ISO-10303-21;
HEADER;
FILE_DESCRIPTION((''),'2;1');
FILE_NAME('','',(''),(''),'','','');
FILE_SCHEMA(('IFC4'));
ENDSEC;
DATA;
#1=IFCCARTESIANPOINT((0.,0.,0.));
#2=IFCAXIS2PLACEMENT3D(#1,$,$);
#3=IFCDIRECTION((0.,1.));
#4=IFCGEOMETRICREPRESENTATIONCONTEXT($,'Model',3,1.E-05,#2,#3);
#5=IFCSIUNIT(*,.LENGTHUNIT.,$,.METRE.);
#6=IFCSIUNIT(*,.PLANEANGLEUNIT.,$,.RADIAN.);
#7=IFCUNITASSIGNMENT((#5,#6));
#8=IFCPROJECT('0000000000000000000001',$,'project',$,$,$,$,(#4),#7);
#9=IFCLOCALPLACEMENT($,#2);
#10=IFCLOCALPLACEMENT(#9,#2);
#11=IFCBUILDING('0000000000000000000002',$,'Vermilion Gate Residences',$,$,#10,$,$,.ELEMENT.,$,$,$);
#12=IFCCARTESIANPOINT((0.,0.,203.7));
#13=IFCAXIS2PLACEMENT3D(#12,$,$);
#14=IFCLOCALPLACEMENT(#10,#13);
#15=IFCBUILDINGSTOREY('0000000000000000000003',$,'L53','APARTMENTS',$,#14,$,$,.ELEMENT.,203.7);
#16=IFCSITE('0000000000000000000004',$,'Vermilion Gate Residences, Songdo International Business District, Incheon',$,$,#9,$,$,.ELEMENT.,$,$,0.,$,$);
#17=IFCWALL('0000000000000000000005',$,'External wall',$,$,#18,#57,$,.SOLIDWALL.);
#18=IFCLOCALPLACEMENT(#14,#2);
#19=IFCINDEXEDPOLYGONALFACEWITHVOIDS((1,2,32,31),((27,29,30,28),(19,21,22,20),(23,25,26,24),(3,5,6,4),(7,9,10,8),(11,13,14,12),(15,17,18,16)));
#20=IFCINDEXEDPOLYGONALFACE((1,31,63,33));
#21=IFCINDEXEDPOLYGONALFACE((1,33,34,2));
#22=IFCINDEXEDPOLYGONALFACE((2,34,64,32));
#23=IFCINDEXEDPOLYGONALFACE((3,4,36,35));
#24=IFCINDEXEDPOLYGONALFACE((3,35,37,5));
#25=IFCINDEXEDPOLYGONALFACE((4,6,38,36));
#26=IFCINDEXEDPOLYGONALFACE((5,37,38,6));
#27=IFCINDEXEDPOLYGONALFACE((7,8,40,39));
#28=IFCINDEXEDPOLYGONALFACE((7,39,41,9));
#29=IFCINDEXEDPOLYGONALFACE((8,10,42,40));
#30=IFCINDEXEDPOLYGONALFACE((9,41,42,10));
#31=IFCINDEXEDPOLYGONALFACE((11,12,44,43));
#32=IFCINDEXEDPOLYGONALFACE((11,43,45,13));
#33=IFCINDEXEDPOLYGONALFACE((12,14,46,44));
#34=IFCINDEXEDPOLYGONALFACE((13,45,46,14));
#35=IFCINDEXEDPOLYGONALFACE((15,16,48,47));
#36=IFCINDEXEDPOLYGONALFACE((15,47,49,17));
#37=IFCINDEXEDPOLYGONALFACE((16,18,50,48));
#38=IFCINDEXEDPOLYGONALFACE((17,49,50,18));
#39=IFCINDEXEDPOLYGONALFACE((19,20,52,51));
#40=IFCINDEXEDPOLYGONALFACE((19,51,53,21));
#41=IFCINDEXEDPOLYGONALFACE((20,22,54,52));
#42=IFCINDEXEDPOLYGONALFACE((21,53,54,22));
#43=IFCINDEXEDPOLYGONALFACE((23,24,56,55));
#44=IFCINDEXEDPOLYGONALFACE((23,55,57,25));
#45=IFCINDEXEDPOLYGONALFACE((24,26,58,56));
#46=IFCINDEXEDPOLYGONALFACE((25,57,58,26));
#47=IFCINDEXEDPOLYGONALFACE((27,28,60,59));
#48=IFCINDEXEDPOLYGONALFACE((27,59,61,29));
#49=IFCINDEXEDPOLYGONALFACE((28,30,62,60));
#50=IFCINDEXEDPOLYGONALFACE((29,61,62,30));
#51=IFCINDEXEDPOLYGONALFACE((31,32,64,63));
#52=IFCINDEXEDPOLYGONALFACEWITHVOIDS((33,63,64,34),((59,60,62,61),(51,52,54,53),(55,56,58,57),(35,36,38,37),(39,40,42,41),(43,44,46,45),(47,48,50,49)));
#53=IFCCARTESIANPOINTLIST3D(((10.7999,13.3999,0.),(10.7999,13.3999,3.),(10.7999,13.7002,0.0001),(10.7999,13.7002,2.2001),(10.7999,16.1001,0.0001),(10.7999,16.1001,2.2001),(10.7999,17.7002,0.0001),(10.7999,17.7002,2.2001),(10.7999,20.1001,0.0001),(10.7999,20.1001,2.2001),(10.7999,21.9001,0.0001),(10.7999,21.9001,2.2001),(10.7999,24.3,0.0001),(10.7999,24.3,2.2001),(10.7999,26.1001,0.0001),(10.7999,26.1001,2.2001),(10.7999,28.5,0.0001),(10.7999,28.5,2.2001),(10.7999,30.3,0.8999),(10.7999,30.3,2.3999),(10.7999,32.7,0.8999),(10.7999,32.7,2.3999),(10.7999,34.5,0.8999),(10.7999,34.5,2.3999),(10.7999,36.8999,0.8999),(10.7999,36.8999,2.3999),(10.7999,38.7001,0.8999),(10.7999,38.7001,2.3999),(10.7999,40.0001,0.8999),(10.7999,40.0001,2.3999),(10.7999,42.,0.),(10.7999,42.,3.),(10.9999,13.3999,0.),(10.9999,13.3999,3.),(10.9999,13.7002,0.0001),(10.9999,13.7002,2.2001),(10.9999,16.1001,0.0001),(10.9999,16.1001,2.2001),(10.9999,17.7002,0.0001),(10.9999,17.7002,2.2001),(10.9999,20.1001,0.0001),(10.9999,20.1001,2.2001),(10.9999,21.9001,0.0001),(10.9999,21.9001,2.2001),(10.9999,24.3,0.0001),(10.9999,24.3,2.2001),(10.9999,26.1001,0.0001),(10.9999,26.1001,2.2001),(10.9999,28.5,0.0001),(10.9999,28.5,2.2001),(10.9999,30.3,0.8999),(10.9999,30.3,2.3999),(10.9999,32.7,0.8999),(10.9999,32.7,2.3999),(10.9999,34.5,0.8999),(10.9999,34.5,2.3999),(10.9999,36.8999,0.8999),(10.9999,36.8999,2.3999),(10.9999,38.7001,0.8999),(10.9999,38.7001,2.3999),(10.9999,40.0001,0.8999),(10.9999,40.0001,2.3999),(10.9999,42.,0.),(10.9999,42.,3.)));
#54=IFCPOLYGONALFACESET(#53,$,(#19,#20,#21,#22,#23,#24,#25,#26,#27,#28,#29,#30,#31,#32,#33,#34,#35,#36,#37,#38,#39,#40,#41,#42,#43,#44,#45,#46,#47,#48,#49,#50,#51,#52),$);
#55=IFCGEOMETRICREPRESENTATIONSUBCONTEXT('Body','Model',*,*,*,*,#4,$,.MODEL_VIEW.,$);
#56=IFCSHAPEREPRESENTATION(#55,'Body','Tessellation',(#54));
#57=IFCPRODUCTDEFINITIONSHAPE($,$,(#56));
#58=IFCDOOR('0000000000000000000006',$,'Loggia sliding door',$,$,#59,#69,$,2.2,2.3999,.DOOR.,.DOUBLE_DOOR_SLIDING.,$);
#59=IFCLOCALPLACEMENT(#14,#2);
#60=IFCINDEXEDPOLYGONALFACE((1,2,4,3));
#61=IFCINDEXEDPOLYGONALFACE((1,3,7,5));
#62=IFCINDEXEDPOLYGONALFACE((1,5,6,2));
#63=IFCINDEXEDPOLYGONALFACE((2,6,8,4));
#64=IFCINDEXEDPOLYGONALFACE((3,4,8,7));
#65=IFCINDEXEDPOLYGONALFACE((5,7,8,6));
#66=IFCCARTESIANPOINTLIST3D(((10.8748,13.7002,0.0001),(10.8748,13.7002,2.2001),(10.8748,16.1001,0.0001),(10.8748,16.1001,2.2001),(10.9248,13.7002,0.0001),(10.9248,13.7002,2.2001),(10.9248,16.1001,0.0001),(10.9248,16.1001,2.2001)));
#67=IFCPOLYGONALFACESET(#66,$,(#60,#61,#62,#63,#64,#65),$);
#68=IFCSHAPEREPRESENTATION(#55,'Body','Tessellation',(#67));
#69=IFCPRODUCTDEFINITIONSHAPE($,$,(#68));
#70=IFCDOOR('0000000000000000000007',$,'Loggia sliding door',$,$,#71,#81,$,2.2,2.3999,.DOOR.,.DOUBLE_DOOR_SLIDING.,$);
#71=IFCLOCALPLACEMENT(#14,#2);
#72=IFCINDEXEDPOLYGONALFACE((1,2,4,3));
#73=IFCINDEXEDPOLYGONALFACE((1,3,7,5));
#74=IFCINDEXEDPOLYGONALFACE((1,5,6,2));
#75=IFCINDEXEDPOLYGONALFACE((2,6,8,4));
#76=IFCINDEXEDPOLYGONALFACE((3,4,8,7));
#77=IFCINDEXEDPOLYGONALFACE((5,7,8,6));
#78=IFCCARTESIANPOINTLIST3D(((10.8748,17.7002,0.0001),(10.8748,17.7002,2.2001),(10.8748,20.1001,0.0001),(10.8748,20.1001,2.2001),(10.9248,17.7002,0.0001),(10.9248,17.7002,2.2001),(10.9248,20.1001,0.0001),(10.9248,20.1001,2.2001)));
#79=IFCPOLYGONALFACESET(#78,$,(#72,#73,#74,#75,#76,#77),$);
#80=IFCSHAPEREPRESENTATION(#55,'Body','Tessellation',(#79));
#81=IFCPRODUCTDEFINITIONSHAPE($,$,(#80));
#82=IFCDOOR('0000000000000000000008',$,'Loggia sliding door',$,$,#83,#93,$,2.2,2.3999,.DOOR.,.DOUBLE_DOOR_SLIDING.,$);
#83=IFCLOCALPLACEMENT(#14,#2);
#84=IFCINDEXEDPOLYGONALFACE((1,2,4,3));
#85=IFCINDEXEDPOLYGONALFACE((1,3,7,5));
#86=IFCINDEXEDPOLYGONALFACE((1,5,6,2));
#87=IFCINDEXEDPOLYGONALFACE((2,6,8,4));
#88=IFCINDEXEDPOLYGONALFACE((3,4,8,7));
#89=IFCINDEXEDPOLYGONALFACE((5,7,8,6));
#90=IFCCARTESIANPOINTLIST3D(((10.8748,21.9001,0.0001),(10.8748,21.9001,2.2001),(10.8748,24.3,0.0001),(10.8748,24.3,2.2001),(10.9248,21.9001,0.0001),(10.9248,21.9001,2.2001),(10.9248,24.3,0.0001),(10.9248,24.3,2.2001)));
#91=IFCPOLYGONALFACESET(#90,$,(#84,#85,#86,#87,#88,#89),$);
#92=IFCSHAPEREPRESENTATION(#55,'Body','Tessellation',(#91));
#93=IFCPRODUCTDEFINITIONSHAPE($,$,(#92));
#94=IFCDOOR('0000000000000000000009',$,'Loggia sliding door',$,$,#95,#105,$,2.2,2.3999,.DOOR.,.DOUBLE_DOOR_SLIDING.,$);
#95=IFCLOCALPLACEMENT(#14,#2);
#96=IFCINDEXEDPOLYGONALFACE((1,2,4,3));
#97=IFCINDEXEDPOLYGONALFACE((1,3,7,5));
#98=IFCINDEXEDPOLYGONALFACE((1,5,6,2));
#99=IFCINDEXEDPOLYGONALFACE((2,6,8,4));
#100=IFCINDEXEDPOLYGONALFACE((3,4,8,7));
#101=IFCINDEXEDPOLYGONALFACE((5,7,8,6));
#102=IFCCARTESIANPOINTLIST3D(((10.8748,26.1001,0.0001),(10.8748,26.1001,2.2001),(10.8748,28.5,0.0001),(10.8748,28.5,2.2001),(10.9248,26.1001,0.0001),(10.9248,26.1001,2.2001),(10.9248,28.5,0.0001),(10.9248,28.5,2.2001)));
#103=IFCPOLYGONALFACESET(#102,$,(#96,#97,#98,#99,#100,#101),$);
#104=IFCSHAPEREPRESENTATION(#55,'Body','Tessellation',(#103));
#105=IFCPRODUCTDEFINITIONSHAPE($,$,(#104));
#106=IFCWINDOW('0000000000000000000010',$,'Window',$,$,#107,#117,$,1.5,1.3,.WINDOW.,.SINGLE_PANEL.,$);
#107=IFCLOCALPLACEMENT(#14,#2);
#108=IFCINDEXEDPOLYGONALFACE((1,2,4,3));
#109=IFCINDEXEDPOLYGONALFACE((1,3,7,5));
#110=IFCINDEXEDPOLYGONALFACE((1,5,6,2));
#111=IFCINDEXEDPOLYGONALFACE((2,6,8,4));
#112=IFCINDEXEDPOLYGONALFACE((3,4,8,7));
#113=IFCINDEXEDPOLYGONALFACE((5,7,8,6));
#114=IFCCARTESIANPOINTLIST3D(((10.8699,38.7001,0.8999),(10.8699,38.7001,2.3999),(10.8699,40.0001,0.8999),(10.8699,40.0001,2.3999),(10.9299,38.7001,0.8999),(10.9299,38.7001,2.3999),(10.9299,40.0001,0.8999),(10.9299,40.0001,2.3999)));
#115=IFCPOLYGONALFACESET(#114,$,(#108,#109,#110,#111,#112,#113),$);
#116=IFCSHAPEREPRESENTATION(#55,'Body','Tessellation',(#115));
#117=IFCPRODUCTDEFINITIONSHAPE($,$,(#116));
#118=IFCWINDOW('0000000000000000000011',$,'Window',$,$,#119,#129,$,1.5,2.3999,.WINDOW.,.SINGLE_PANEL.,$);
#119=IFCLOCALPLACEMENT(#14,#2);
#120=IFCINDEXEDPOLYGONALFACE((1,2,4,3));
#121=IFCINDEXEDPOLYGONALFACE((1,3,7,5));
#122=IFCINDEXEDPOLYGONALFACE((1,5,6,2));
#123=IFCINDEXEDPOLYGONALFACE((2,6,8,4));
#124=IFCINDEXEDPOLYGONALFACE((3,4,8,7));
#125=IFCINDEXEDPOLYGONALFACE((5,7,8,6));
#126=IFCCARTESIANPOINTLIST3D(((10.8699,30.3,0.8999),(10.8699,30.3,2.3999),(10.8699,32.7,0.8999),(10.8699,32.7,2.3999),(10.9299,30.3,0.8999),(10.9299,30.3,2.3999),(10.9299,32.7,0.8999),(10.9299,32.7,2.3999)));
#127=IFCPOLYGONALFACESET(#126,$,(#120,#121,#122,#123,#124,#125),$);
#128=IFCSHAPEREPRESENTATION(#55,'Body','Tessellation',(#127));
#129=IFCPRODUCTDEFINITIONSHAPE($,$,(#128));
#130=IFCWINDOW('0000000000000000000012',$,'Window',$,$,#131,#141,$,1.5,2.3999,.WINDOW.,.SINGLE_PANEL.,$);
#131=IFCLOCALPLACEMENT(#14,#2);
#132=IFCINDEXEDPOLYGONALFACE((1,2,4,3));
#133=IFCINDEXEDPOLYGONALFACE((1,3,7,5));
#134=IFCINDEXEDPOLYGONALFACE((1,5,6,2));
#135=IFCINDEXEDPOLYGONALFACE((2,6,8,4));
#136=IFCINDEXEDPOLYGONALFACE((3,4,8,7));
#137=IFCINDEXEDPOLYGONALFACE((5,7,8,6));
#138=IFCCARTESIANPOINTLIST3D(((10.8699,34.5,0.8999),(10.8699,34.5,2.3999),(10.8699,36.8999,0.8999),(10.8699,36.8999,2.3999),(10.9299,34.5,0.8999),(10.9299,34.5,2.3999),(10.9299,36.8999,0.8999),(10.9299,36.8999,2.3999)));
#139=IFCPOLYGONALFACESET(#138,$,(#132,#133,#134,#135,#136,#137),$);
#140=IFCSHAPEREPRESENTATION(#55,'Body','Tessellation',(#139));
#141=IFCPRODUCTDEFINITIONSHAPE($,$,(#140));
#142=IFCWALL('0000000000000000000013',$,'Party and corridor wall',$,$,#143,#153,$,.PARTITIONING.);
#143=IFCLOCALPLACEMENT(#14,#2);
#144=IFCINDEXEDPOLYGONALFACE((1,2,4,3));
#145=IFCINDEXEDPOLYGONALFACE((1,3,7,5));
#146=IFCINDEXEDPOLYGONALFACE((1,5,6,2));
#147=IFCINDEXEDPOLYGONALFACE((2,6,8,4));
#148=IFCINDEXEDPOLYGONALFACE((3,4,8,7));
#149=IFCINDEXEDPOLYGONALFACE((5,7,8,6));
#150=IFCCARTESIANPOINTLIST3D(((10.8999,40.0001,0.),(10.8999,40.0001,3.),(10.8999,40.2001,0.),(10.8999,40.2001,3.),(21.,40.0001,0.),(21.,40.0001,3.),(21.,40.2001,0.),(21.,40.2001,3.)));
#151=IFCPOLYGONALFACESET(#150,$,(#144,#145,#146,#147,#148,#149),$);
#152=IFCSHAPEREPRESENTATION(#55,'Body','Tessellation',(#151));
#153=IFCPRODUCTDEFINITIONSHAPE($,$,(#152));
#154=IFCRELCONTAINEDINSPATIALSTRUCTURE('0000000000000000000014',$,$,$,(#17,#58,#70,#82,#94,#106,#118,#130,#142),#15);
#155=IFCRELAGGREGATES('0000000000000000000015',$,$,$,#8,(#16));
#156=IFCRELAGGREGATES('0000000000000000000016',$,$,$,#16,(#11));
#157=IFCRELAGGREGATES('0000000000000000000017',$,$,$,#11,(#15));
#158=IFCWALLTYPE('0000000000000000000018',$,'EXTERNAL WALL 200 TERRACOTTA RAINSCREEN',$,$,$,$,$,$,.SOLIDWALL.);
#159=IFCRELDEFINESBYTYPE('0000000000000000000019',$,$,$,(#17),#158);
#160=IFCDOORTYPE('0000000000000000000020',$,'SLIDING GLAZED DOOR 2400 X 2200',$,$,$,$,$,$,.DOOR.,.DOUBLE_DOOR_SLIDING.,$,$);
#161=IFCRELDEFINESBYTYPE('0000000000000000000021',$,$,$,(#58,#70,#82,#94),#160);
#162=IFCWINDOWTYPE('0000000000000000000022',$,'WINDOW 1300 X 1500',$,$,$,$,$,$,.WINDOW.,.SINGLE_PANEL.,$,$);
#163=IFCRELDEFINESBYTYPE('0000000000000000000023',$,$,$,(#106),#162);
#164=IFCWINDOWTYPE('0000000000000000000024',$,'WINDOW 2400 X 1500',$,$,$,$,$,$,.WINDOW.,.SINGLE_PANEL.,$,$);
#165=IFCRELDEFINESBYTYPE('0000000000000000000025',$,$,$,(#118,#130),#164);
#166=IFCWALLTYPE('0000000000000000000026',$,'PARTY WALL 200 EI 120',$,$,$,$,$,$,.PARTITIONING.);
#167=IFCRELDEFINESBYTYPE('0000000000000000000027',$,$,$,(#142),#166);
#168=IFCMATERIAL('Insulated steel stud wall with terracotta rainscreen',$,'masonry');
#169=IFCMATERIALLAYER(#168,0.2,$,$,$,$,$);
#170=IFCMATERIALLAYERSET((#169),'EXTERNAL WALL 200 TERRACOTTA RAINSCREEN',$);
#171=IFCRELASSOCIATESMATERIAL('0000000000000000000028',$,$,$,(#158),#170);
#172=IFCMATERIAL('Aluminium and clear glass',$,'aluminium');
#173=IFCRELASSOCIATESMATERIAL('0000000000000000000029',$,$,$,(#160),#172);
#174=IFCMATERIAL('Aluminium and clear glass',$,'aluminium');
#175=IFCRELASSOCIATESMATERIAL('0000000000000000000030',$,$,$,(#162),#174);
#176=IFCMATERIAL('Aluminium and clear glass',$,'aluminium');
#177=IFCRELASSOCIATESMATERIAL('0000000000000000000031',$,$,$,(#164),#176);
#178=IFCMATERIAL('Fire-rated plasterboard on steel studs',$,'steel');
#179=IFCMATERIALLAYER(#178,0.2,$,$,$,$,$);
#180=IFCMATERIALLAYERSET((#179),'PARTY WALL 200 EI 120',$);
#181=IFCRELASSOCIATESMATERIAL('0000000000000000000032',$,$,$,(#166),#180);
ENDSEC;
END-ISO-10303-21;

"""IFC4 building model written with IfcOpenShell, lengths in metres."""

from ifc_helpers import new_model, si_unit, direction, frame, frame_2d, origin, place, context, subcontext, project, spatial, rectangle, extrude, material, layer, layer_set, type_object, element, fill, save


model = new_model("IFC4")

# Units and contexts
model_context = context("Model", 3, precision=1e-05, world=origin(), true_north=direction((0.0, 1.0)))
body_context = subcontext(model_context, "Body", "Model", "MODEL_VIEW")
ifc_project = project(units=[si_unit("LENGTHUNIT", "METRE"), si_unit("PLANEANGLEUNIT", "RADIAN")], contexts=[model_context])

# Site, building, storey
site_placement = place(None, origin())
site = spatial("IfcSite", under=ifc_project, at=site_placement, Name="Vermilion Gate Residences, Songdo International Business District, Incheon", CompositionType="ELEMENT", RefElevation=0.0)
building_placement = place(site_placement, origin())
building = spatial("IfcBuilding", under=site, at=building_placement, Name="Vermilion Gate Residences", CompositionType="ELEMENT")
storey_placement = place(building_placement, frame((0.0, 0.0, 203.7)))
storey = spatial("IfcBuildingStorey", under=building, at=storey_placement, Name="L53", Description="APARTMENTS", CompositionType="ELEMENT", Elevation=203.7)

# Wall, openings, doors, windows
ifc_material_1 = material(Name="Insulated steel stud wall with terracotta rainscreen", Category="masonry")
ifc_layer_1 = layer(ifc_material_1, 0.2)
ifc_layer_set_1 = layer_set([ifc_layer_1], Name="EXTERNAL WALL 200 TERRACOTTA RAINSCREEN")
wall_type_1 = type_object("IfcWallType", Name="EXTERNAL WALL 200 TERRACOTTA RAINSCREEN", PredefinedType="SOLIDWALL", material=ifc_layer_set_1)
wall_1_placement = place(storey_placement, frame((10.8999, 42.0, 0.0), z_axis=(0.0, 0.0, 1.0), x_axis=(0.0, -1.0, 0.0)))
wall_1 = element("IfcWall", 1, at=wall_1_placement, inside=storey, type_object=wall_type_1, Name="External wall", PredefinedType="SOLIDWALL", context=body_context, shape_type="SweptSolid", body=[
    extrude(rectangle(XDim=28.6001, YDim=0.2, at=frame_2d((14.3, 0.0))), origin(), (0.0, 0.0, 1.0), 3.0),
])
opening_1_placement = place(wall_1_placement, frame((25.8999, 0.0, 0.0)))
opening_1 = element("IfcOpeningElement", 2, at=opening_1_placement, cuts=wall_1, PredefinedType="OPENING", context=body_context, shape_type="SweptSolid", body=[
    extrude(rectangle(XDim=2.3999, YDim=2.2, at=frame_2d((1.2, 1.1001))), frame((0.0, 0.1099, 0.0), z_axis=(0.0, -1.0, 0.0), x_axis=(1.0, 0.0, 0.0)), (0.0, 0.0, 1.0), 0.22),
])
opening_2_placement = place(wall_1_placement, frame((21.8999, 0.0, 0.0)))
opening_2 = element("IfcOpeningElement", 3, at=opening_2_placement, cuts=wall_1, PredefinedType="OPENING", context=body_context, shape_type="SweptSolid", body=[
    extrude(rectangle(XDim=2.3999, YDim=2.2, at=frame_2d((1.2, 1.1001))), frame((0.0, 0.1099, 0.0), z_axis=(0.0, -1.0, 0.0), x_axis=(1.0, 0.0, 0.0)), (0.0, 0.0, 1.0), 0.22),
])
opening_3_placement = place(wall_1_placement, frame((17.7, 0.0, 0.0)))
opening_3 = element("IfcOpeningElement", 4, at=opening_3_placement, cuts=wall_1, PredefinedType="OPENING", context=body_context, shape_type="SweptSolid", body=[
    extrude(rectangle(XDim=2.3999, YDim=2.2, at=frame_2d((1.2, 1.1001))), frame((0.0, 0.1099, 0.0), z_axis=(0.0, -1.0, 0.0), x_axis=(1.0, 0.0, 0.0)), (0.0, 0.0, 1.0), 0.22),
])
opening_4_placement = place(wall_1_placement, frame((13.5, 0.0, 0.0)))
opening_4 = element("IfcOpeningElement", 5, at=opening_4_placement, cuts=wall_1, PredefinedType="OPENING", context=body_context, shape_type="SweptSolid", body=[
    extrude(rectangle(XDim=2.3999, YDim=2.2, at=frame_2d((1.2, 1.1001))), frame((0.0, 0.1099, 0.0), z_axis=(0.0, -1.0, 0.0), x_axis=(1.0, 0.0, 0.0)), (0.0, 0.0, 1.0), 0.22),
])
opening_5_placement = place(wall_1_placement, frame((9.3, 0.0, 0.8999)))
opening_5 = element("IfcOpeningElement", 6, at=opening_5_placement, cuts=wall_1, PredefinedType="OPENING", context=body_context, shape_type="SweptSolid", body=[
    extrude(rectangle(XDim=2.3999, YDim=1.5, at=frame_2d((1.2, 0.75))), frame((0.0, 0.1099, 0.0), z_axis=(0.0, -1.0, 0.0), x_axis=(1.0, 0.0, 0.0)), (0.0, 0.0, 1.0), 0.22),
])
opening_6_placement = place(wall_1_placement, frame((5.1001, 0.0, 0.8999)))
opening_6 = element("IfcOpeningElement", 7, at=opening_6_placement, cuts=wall_1, PredefinedType="OPENING", context=body_context, shape_type="SweptSolid", body=[
    extrude(rectangle(XDim=2.3999, YDim=1.5, at=frame_2d((1.2, 0.75))), frame((0.0, 0.1099, 0.0), z_axis=(0.0, -1.0, 0.0), x_axis=(1.0, 0.0, 0.0)), (0.0, 0.0, 1.0), 0.22),
])
opening_7_placement = place(wall_1_placement, frame((2.0, 0.0, 0.8999)))
opening_7 = element("IfcOpeningElement", 8, at=opening_7_placement, cuts=wall_1, PredefinedType="OPENING", context=body_context, shape_type="SweptSolid", body=[
    extrude(rectangle(XDim=1.3, YDim=1.5, at=frame_2d((0.6499, 0.75))), frame((0.0, 0.1099, 0.0), z_axis=(0.0, -1.0, 0.0), x_axis=(1.0, 0.0, 0.0)), (0.0, 0.0, 1.0), 0.22),
])
ifc_material_2 = material(Name="Aluminium and clear glass", Category="aluminium")
door_type_1 = type_object("IfcDoorType", Name="SLIDING GLAZED DOOR 2400 X 2200", OperationType="DOUBLE_DOOR_SLIDING", PredefinedType="DOOR", material=ifc_material_2)
door_1_placement = place(opening_1_placement, origin())
door_1 = element("IfcDoor", 9, at=door_1_placement, inside=storey, type_object=door_type_1, Name="Loggia sliding door", OperationType="DOUBLE_DOOR_SLIDING", OverallHeight=2.2, OverallWidth=2.3999, PredefinedType="DOOR", context=body_context, shape_type="SweptSolid", body=[
    extrude(rectangle(XDim=2.3999, YDim=2.2, at=frame_2d((1.2, 1.1001))), frame((0.0, 0.0249, 0.0), z_axis=(0.0, -1.0, 0.0), x_axis=(1.0, 0.0, 0.0)), (0.0, 0.0, 1.0), 0.05),
])
fill(opening_1, door_1)
door_2_placement = place(opening_2_placement, origin())
door_2 = element("IfcDoor", 10, at=door_2_placement, inside=storey, type_object=door_type_1, Name="Loggia sliding door", OperationType="DOUBLE_DOOR_SLIDING", OverallHeight=2.2, OverallWidth=2.3999, PredefinedType="DOOR", context=body_context, shape_type="SweptSolid", body=[
    extrude(rectangle(XDim=2.3999, YDim=2.2, at=frame_2d((1.2, 1.1001))), frame((0.0, 0.0249, 0.0), z_axis=(0.0, -1.0, 0.0), x_axis=(1.0, 0.0, 0.0)), (0.0, 0.0, 1.0), 0.05),
])
fill(opening_2, door_2)
door_3_placement = place(opening_3_placement, origin())
door_3 = element("IfcDoor", 11, at=door_3_placement, inside=storey, type_object=door_type_1, Name="Loggia sliding door", OperationType="DOUBLE_DOOR_SLIDING", OverallHeight=2.2, OverallWidth=2.3999, PredefinedType="DOOR", context=body_context, shape_type="SweptSolid", body=[
    extrude(rectangle(XDim=2.3999, YDim=2.2, at=frame_2d((1.2, 1.1001))), frame((0.0, 0.0249, 0.0), z_axis=(0.0, -1.0, 0.0), x_axis=(1.0, 0.0, 0.0)), (0.0, 0.0, 1.0), 0.05),
])
fill(opening_3, door_3)
door_4_placement = place(opening_4_placement, origin())
door_4 = element("IfcDoor", 12, at=door_4_placement, inside=storey, type_object=door_type_1, Name="Loggia sliding door", OperationType="DOUBLE_DOOR_SLIDING", OverallHeight=2.2, OverallWidth=2.3999, PredefinedType="DOOR", context=body_context, shape_type="SweptSolid", body=[
    extrude(rectangle(XDim=2.3999, YDim=2.2, at=frame_2d((1.2, 1.1001))), frame((0.0, 0.0249, 0.0), z_axis=(0.0, -1.0, 0.0), x_axis=(1.0, 0.0, 0.0)), (0.0, 0.0, 1.0), 0.05),
])
fill(opening_4, door_4)
ifc_material_3 = material(Name="Aluminium and clear glass", Category="aluminium")
window_type_1 = type_object("IfcWindowType", Name="WINDOW 1300 X 1500", PartitioningType="SINGLE_PANEL", PredefinedType="WINDOW", material=ifc_material_3)
window_1_placement = place(opening_7_placement, origin())
window_1 = element("IfcWindow", 13, at=window_1_placement, inside=storey, type_object=window_type_1, Name="Window", OverallHeight=1.5, OverallWidth=1.3, PartitioningType="SINGLE_PANEL", PredefinedType="WINDOW", context=body_context, shape_type="SweptSolid", body=[
    extrude(rectangle(XDim=1.3, YDim=1.5, at=frame_2d((0.6499, 0.75))), frame((0.0, 0.03, 0.0), z_axis=(0.0, -1.0, 0.0), x_axis=(1.0, 0.0, 0.0)), (0.0, 0.0, 1.0), 0.0601),
])
fill(opening_7, window_1)
ifc_material_4 = material(Name="Aluminium and clear glass", Category="aluminium")
window_type_2 = type_object("IfcWindowType", Name="WINDOW 2400 X 1500", PartitioningType="SINGLE_PANEL", PredefinedType="WINDOW", material=ifc_material_4)
window_2_placement = place(opening_5_placement, origin())
window_2 = element("IfcWindow", 14, at=window_2_placement, inside=storey, type_object=window_type_2, Name="Window", OverallHeight=1.5, OverallWidth=2.3999, PartitioningType="SINGLE_PANEL", PredefinedType="WINDOW", context=body_context, shape_type="SweptSolid", body=[
    extrude(rectangle(XDim=2.3999, YDim=1.5, at=frame_2d((1.2, 0.75))), frame((0.0, 0.03, 0.0), z_axis=(0.0, -1.0, 0.0), x_axis=(1.0, 0.0, 0.0)), (0.0, 0.0, 1.0), 0.0601),
])
fill(opening_5, window_2)
window_3_placement = place(opening_6_placement, origin())
window_3 = element("IfcWindow", 15, at=window_3_placement, inside=storey, type_object=window_type_2, Name="Window", OverallHeight=1.5, OverallWidth=2.3999, PartitioningType="SINGLE_PANEL", PredefinedType="WINDOW", context=body_context, shape_type="SweptSolid", body=[
    extrude(rectangle(XDim=2.3999, YDim=1.5, at=frame_2d((1.2, 0.75))), frame((0.0, 0.03, 0.0), z_axis=(0.0, -1.0, 0.0), x_axis=(1.0, 0.0, 0.0)), (0.0, 0.0, 1.0), 0.0601),
])
fill(opening_6, window_3)

# Wall
ifc_material_5 = material(Name="Fire-rated plasterboard on steel studs", Category="steel")
ifc_layer_2 = layer(ifc_material_5, 0.2)
ifc_layer_set_2 = layer_set([ifc_layer_2], Name="PARTY WALL 200 EI 120")
wall_type_2 = type_object("IfcWallType", Name="PARTY WALL 200 EI 120", PredefinedType="PARTITIONING", material=ifc_layer_set_2)
wall_2_placement = place(storey_placement, frame((10.8999, 40.1001, 0.0), z_axis=(0.0, 0.0, 1.0), x_axis=(1.0, 0.0, 0.0)))
element("IfcWall", 16, at=wall_2_placement, inside=storey, type_object=wall_type_2, Name="Party and corridor wall", PredefinedType="PARTITIONING", context=body_context, shape_type="SweptSolid", body=[
    extrude(rectangle(XDim=10.1001, YDim=0.2, at=frame_2d((5.05, 0.0))), origin(), (0.0, 0.0, 1.0), 3.0),
])

save(model, "model.ifc")
